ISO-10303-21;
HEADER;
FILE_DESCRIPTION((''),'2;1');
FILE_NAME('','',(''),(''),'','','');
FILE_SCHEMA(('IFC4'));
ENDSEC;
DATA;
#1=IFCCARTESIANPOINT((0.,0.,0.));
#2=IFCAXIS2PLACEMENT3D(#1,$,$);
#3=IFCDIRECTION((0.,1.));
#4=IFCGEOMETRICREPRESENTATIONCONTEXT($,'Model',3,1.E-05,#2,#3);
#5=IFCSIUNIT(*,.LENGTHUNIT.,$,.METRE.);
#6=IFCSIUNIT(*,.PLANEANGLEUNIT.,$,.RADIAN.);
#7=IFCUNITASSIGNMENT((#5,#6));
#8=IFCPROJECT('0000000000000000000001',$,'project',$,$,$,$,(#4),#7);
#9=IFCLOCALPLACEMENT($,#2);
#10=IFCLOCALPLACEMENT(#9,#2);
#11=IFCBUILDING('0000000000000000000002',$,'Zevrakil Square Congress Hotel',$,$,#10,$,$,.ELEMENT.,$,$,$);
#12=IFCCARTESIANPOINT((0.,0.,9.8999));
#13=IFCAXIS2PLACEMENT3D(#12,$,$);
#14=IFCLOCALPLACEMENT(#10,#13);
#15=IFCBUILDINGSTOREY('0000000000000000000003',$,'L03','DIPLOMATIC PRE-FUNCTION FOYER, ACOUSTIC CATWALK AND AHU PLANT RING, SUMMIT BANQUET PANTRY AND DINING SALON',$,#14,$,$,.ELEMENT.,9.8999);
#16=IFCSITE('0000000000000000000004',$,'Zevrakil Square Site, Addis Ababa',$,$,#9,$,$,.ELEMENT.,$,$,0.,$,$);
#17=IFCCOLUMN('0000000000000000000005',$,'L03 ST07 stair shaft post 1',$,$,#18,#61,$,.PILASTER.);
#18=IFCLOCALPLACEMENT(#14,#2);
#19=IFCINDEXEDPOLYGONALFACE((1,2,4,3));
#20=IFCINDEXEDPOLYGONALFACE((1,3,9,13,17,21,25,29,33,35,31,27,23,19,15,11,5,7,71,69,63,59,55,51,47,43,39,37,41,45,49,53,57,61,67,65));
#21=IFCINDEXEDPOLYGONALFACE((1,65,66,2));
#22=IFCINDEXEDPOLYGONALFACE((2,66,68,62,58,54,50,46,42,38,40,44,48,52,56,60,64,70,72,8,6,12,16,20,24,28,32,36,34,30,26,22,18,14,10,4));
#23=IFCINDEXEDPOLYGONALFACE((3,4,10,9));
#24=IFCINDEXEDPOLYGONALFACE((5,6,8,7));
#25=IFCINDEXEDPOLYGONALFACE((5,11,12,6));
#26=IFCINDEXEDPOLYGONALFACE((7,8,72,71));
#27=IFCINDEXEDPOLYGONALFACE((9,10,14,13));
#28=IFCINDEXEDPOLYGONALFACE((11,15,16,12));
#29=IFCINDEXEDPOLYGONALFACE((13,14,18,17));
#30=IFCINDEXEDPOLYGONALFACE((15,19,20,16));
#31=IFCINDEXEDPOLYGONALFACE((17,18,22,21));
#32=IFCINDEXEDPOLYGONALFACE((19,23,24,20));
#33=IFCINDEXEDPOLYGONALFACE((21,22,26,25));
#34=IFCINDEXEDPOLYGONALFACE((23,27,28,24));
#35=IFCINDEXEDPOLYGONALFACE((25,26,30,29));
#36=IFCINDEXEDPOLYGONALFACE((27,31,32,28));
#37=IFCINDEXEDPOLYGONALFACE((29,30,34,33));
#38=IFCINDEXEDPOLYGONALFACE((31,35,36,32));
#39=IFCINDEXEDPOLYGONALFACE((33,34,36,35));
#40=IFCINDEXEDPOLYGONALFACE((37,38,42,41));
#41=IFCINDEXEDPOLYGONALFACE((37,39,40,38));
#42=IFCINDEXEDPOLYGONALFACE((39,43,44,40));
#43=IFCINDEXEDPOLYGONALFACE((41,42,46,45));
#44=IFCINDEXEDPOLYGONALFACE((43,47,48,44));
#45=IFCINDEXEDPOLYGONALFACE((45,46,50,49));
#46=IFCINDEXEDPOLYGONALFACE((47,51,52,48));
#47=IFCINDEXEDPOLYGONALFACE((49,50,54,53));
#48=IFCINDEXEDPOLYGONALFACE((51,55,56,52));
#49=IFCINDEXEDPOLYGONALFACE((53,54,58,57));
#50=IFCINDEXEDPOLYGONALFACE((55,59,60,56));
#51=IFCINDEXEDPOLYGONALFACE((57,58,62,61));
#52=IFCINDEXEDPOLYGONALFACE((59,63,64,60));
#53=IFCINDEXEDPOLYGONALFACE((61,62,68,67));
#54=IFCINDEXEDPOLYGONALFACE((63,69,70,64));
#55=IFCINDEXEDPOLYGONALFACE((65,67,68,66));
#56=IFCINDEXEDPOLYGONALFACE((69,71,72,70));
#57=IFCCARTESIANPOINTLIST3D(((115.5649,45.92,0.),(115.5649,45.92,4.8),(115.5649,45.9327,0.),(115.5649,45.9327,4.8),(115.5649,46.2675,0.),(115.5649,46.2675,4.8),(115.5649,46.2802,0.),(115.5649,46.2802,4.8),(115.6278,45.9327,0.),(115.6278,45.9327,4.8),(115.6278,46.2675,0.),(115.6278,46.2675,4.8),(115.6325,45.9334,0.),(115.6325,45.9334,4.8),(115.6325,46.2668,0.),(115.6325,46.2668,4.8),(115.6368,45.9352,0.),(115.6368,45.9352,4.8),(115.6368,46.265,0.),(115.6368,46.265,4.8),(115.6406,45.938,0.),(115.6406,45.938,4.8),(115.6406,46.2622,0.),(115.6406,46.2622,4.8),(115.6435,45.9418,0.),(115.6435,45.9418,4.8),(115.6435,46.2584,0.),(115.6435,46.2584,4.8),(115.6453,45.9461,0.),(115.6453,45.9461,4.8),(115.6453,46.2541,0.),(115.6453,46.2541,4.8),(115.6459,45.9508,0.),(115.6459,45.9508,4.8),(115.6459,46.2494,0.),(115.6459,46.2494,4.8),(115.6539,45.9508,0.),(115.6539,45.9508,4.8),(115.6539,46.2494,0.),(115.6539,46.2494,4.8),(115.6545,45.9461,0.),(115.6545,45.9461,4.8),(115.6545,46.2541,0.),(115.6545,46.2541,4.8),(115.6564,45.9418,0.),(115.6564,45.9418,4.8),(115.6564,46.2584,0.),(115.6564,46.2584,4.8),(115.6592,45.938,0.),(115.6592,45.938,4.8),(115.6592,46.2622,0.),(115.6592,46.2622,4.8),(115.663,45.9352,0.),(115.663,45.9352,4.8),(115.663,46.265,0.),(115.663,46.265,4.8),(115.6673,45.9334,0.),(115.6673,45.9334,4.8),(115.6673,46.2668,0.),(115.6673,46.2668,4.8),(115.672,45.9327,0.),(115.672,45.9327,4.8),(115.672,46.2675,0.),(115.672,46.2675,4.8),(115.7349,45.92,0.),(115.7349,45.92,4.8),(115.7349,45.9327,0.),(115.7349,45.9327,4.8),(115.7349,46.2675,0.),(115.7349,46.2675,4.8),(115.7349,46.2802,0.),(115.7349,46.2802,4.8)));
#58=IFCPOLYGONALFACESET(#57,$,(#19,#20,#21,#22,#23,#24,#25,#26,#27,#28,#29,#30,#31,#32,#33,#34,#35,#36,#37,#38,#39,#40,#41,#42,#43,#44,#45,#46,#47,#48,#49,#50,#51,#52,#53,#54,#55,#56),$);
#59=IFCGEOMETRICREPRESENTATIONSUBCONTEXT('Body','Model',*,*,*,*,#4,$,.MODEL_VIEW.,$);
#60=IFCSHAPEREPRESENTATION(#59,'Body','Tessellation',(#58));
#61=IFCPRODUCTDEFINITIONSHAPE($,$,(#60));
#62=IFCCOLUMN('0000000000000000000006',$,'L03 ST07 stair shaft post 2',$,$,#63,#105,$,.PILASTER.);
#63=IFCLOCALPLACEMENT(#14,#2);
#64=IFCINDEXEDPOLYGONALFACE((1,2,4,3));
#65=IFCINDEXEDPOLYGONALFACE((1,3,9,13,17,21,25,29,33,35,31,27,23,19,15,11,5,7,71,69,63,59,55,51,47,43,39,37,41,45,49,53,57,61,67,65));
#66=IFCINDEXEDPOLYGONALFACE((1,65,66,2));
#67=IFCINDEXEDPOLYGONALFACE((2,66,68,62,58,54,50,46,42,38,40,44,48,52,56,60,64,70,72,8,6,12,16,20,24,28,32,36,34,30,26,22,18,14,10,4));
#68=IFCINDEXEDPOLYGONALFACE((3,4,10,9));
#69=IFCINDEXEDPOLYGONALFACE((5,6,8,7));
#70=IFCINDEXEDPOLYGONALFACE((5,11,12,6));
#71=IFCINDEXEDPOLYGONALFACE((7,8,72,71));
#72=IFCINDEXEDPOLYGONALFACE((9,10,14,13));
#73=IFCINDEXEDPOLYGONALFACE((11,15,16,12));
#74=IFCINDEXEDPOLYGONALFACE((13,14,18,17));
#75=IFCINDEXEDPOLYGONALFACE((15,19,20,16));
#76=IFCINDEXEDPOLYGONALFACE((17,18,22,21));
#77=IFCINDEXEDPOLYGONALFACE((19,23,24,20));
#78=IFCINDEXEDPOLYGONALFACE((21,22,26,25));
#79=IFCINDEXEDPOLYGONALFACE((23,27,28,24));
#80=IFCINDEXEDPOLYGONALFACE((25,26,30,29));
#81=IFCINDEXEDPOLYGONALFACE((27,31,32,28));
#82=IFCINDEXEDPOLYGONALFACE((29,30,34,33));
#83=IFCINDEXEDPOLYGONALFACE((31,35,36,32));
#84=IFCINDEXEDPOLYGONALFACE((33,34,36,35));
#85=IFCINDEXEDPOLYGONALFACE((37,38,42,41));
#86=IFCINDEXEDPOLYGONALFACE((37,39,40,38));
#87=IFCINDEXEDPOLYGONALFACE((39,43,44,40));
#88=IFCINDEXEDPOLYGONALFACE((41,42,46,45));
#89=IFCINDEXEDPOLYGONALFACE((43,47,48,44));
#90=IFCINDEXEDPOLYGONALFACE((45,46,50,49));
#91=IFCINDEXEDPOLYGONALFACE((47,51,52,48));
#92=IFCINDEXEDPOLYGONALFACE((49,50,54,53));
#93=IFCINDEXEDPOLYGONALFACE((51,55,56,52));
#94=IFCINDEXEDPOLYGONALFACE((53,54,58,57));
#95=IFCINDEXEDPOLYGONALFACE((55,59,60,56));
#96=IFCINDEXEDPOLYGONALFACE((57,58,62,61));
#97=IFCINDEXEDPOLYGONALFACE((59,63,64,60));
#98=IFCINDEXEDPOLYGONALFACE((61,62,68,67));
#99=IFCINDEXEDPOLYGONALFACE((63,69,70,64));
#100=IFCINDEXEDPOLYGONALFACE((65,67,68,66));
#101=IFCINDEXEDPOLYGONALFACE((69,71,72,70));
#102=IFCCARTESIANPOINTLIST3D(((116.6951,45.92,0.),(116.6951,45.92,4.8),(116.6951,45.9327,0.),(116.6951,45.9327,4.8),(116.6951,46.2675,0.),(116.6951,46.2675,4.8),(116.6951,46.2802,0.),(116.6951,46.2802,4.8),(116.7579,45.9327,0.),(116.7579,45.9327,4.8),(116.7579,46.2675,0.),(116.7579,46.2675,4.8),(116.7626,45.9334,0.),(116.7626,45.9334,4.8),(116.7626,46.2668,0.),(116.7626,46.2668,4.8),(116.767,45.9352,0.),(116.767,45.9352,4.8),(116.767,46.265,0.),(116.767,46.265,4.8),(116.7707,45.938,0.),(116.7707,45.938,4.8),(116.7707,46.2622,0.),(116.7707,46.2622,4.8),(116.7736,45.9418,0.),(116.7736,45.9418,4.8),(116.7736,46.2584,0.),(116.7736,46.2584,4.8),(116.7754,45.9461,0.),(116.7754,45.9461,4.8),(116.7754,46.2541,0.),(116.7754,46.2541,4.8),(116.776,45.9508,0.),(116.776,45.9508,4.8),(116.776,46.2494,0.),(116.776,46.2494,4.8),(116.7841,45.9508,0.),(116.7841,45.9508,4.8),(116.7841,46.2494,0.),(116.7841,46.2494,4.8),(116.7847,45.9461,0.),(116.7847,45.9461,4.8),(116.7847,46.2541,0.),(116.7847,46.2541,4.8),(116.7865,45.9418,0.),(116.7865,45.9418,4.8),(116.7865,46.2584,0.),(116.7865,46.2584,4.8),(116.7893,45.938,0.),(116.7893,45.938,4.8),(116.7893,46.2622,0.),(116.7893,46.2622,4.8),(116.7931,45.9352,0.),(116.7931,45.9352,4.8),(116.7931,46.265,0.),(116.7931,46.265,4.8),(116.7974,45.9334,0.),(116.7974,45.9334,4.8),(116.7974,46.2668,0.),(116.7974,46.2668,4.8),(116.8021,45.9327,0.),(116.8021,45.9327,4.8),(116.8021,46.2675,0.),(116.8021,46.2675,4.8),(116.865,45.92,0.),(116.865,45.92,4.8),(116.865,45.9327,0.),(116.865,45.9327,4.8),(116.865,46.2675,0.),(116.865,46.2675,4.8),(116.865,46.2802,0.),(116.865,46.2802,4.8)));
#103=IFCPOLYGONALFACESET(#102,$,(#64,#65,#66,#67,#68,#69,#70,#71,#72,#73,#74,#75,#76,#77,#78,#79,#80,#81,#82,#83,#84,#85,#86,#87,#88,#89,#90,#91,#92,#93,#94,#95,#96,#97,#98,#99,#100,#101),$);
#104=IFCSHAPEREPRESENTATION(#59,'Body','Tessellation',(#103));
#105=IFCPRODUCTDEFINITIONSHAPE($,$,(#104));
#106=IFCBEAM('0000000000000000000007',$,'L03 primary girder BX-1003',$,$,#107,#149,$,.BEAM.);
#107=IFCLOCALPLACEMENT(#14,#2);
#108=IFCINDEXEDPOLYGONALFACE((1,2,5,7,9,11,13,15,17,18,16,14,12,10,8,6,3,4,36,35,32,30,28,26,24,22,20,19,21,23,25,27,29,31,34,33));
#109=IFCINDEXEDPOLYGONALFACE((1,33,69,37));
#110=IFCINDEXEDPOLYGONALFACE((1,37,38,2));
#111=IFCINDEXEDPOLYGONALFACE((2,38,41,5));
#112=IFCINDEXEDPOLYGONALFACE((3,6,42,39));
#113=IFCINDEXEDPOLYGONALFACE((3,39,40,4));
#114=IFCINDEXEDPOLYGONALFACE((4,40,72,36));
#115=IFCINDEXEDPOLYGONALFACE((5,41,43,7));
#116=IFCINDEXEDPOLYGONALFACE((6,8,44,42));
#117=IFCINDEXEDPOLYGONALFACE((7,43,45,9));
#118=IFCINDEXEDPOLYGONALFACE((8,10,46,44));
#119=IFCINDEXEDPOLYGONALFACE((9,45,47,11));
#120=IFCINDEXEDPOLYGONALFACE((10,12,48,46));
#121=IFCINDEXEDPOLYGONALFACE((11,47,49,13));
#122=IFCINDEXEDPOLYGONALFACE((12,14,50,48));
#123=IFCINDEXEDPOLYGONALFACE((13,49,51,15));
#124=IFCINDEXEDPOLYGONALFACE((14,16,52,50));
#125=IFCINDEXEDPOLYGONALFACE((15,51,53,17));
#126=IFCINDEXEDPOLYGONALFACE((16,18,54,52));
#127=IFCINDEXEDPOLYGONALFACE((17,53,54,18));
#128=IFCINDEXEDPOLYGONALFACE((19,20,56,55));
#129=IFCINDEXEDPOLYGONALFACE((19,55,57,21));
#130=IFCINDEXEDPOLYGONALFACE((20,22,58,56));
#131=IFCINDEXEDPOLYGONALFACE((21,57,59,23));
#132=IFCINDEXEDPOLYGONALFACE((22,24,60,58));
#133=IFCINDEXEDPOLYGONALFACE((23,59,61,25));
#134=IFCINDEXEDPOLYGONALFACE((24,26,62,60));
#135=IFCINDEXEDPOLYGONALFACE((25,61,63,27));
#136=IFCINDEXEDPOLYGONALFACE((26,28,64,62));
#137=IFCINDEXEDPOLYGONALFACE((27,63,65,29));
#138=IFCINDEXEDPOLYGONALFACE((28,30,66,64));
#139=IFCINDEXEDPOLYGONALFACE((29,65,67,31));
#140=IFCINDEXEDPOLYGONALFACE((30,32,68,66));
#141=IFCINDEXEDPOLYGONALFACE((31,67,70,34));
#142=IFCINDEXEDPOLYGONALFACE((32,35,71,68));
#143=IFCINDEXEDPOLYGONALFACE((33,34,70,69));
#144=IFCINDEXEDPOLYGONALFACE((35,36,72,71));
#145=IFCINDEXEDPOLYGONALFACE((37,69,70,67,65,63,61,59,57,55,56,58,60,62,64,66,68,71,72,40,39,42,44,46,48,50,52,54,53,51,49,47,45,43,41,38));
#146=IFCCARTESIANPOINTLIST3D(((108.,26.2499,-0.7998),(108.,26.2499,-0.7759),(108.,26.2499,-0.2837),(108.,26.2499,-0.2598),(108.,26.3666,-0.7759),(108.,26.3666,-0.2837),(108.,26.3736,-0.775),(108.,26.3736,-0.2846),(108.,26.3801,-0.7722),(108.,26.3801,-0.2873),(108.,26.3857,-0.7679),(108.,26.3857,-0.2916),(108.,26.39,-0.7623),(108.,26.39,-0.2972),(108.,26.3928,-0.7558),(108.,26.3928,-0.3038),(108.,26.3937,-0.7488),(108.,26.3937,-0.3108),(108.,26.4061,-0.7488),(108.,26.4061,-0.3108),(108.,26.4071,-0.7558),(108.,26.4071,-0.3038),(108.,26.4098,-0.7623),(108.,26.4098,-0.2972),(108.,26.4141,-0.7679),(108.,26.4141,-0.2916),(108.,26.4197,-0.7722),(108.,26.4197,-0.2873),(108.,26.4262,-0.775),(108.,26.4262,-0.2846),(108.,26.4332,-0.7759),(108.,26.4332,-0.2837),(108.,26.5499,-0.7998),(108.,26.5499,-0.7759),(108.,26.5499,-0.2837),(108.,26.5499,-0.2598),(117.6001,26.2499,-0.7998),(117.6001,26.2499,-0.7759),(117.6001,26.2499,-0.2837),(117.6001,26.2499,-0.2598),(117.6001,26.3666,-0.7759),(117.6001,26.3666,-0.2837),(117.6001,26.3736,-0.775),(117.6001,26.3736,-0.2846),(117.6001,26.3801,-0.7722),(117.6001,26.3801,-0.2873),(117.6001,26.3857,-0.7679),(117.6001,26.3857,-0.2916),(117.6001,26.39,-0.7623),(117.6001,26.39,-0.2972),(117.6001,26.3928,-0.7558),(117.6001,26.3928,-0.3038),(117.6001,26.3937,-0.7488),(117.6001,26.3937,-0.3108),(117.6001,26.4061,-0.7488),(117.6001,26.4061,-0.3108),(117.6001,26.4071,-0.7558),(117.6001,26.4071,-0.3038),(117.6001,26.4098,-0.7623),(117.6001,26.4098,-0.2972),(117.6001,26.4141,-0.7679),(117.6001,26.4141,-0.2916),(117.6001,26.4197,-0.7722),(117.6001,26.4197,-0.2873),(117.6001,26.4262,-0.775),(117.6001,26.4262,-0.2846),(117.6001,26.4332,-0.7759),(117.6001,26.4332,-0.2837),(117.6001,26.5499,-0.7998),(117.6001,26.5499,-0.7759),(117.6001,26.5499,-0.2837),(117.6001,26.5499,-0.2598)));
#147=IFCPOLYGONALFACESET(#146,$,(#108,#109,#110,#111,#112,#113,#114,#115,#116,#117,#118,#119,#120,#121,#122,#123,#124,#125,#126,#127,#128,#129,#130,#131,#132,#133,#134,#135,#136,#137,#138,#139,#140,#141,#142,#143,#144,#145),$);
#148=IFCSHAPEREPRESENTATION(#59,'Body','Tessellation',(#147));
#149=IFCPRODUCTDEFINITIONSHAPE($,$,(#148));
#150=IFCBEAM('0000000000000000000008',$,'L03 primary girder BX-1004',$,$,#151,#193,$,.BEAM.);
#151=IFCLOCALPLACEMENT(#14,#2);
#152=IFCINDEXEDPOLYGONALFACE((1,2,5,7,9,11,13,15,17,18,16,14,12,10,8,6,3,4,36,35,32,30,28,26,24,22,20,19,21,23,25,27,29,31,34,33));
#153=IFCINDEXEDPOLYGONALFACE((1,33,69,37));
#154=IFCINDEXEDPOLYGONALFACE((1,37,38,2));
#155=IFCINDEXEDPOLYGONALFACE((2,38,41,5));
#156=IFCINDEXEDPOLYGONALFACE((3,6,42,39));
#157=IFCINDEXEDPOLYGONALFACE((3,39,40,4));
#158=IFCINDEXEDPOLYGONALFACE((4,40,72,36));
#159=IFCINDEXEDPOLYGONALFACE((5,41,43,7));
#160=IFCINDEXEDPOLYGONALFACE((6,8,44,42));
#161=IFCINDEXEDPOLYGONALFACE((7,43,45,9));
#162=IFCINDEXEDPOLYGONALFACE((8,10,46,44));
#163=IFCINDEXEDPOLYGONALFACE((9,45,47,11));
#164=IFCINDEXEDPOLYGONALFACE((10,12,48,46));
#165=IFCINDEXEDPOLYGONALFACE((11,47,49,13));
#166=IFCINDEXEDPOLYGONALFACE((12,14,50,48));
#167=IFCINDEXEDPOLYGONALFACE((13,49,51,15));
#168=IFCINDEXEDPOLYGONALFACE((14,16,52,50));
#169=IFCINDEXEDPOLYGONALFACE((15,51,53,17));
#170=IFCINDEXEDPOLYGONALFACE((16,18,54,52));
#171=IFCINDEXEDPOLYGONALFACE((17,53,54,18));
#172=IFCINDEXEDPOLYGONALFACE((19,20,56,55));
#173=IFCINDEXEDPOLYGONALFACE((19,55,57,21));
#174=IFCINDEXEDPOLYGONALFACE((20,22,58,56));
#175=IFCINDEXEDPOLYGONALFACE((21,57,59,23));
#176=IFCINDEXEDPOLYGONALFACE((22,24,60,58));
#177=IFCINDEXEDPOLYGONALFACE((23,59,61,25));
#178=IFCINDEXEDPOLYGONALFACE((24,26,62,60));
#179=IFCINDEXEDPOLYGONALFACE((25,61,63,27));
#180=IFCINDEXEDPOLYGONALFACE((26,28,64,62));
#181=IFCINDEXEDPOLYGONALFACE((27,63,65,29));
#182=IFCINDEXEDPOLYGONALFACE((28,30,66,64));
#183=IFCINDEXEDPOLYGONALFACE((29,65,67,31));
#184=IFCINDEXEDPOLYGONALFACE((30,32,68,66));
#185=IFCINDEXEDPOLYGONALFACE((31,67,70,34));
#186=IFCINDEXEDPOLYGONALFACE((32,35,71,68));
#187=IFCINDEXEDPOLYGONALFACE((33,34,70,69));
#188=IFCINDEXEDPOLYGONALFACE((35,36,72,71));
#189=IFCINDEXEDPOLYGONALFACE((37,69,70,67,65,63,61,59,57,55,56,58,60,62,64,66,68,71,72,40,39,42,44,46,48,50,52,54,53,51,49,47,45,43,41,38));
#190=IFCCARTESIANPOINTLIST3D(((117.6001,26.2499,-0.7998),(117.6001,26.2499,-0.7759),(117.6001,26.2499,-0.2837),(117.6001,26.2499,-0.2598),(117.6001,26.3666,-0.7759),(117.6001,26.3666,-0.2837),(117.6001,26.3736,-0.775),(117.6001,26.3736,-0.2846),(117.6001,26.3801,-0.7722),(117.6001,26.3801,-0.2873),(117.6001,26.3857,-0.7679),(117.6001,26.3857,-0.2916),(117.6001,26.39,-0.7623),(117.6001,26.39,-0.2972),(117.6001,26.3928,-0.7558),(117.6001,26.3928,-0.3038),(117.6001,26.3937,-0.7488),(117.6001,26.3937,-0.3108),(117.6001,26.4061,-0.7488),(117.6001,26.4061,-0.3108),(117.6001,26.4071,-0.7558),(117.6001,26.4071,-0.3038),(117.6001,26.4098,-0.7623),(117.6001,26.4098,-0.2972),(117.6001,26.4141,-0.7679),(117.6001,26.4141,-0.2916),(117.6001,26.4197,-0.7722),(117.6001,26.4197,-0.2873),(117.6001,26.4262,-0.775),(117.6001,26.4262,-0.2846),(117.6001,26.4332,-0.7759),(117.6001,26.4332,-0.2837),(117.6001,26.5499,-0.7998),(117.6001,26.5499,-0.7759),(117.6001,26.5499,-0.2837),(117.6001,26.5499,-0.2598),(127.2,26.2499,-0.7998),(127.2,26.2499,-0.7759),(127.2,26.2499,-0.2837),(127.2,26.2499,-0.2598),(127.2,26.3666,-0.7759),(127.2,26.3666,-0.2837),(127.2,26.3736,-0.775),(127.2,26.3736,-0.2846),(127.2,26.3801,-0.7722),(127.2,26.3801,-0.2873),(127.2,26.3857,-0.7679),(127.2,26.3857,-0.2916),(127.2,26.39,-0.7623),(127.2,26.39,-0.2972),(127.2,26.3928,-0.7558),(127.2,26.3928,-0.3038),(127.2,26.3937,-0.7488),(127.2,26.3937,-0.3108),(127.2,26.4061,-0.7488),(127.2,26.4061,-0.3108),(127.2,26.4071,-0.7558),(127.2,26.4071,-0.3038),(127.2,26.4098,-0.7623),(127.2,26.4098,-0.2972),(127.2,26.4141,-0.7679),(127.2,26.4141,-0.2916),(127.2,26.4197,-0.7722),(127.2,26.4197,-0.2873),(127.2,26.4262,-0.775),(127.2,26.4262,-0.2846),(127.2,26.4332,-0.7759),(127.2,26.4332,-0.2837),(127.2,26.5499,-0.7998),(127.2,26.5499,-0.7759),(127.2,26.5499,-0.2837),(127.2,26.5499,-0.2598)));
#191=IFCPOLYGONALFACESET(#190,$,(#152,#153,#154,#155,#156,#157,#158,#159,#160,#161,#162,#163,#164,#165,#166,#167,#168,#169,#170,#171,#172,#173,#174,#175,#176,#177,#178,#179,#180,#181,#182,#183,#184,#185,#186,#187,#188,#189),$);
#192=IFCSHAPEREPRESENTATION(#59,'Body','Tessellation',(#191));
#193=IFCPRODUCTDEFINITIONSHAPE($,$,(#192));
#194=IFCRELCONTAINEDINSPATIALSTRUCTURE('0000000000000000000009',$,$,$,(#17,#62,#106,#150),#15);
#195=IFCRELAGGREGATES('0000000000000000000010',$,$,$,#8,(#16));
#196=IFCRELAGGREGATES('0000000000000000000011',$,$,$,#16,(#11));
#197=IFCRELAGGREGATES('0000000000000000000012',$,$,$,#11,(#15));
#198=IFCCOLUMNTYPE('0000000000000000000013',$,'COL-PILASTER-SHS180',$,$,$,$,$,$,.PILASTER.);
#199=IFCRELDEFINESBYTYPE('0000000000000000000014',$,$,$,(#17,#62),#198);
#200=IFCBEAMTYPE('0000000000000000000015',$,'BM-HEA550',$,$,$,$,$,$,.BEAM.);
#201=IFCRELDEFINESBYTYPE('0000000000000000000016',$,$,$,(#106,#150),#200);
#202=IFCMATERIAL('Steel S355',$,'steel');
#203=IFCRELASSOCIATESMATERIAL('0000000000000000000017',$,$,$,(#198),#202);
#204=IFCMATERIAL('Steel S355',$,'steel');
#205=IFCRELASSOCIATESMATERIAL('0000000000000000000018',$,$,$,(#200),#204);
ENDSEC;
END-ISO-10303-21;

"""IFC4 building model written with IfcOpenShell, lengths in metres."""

from ifc_helpers import new_model, si_unit, direction, frame, origin, origin_2d, place, context, subcontext, project, spatial, i_section, extrude, material, material_profile, profile_set, type_object, element, save


model = new_model("IFC4")

# Units and contexts
model_context = context("Model", 3, precision=1e-05, world=origin(), true_north=direction((0.0, 1.0)))
body_context = subcontext(model_context, "Body", "Model", "MODEL_VIEW")
ifc_project = project(units=[si_unit("LENGTHUNIT", "METRE"), si_unit("PLANEANGLEUNIT", "RADIAN")], contexts=[model_context])

# Site, building, storey
site_placement = place(None, origin())
site = spatial("IfcSite", under=ifc_project, at=site_placement, Name="Zevrakil Square Site, Addis Ababa", CompositionType="ELEMENT", RefElevation=0.0)
building_placement = place(site_placement, origin())
building = spatial("IfcBuilding", under=site, at=building_placement, Name="Zevrakil Square Congress Hotel", CompositionType="ELEMENT")
storey_placement = place(building_placement, frame((0.0, 0.0, 9.8999)))
storey = spatial("IfcBuildingStorey", under=building, at=storey_placement, Name="L03", Description="DIPLOMATIC PRE-FUNCTION FOYER, ACOUSTIC CATWALK AND AHU PLANT RING, SUMMIT BANQUET PANTRY AND DINING SALON", CompositionType="ELEMENT", Elevation=9.8999)

# Columns
ifc_material_1 = material(Name="Steel S355", Category="steel")
ifc_material_profile_1 = material_profile(ifc_material_1, i_section(OverallWidth=0.1699, OverallDepth=0.3601, WebThickness=0.0081, FlangeThickness=0.0127, FilletRadius=0.0181, at=origin_2d()), Name="IPE 360")
ifc_profile_set_1 = profile_set([ifc_material_profile_1], Name="Steel S355")
column_type_1 = type_object("IfcColumnType", Name="COL-PILASTER-SHS180", PredefinedType="PILASTER", material=ifc_profile_set_1)
for number, where, z_axis, x_axis, name in (
    (1, (115.6499, 46.1001, 0.0), (0.0, 0.0, 1.0), (1.0, 0.0, 0.0), "L03 ST07 stair shaft post 1"),
    (2, (116.78, 46.1001, 0.0), (0.0, 0.0, 1.0), (1.0, 0.0, 0.0), "L03 ST07 stair shaft post 2"),
):
    element("IfcColumn", number, at=place(storey_placement, frame(where, z_axis=z_axis, x_axis=x_axis)), inside=storey, type_object=column_type_1, Name=name, PredefinedType="PILASTER", context=body_context, shape_type="SweptSolid", body=[
        extrude(i_section(OverallWidth=0.1699, OverallDepth=0.3601, WebThickness=0.0081, FlangeThickness=0.0127, FilletRadius=0.0181, at=origin_2d()), origin(), (0.0, 0.0, 1.0), 4.8),
    ])

# Beams
ifc_material_2 = material(Name="Steel S355", Category="steel")
ifc_material_profile_2 = material_profile(ifc_material_2, i_section(OverallWidth=0.3, OverallDepth=0.54, WebThickness=0.0125, FlangeThickness=0.0239, FilletRadius=0.0271, at=origin_2d()), Name="HEA 550")
ifc_profile_set_2 = profile_set([ifc_material_profile_2], Name="Steel S355")
beam_type_1 = type_object("IfcBeamType", Name="BM-HEA550", PredefinedType="BEAM", material=ifc_profile_set_2)
beam_1_placement = place(storey_placement, frame((108.0, 26.3999, -0.5298), z_axis=(1.0, 0.0, 0.0), x_axis=(0.0, 1.0, 0.0)))
element("IfcBeam", 3, at=beam_1_placement, inside=storey, type_object=beam_type_1, Name="L03 primary girder BX-1003", PredefinedType="BEAM", context=body_context, shape_type="SweptSolid", body=[
    extrude(i_section(OverallWidth=0.3, OverallDepth=0.54, WebThickness=0.0125, FlangeThickness=0.0239, FilletRadius=0.0271, at=origin_2d()), origin(), (0.0, 0.0, 1.0), 9.6001),
])
beam_2_placement = place(storey_placement, frame((117.6001, 26.3999, -0.5298), z_axis=(1.0, 0.0, 0.0), x_axis=(0.0, 1.0, 0.0)))
element("IfcBeam", 4, at=beam_2_placement, inside=storey, type_object=beam_type_1, Name="L03 primary girder BX-1004", PredefinedType="BEAM", context=body_context, shape_type="SweptSolid", body=[
    extrude(i_section(OverallWidth=0.3, OverallDepth=0.54, WebThickness=0.0125, FlangeThickness=0.0239, FilletRadius=0.0271, at=origin_2d()), origin(), (0.0, 0.0, 1.0), 9.5999),
])

save(model, "model.ifc")
